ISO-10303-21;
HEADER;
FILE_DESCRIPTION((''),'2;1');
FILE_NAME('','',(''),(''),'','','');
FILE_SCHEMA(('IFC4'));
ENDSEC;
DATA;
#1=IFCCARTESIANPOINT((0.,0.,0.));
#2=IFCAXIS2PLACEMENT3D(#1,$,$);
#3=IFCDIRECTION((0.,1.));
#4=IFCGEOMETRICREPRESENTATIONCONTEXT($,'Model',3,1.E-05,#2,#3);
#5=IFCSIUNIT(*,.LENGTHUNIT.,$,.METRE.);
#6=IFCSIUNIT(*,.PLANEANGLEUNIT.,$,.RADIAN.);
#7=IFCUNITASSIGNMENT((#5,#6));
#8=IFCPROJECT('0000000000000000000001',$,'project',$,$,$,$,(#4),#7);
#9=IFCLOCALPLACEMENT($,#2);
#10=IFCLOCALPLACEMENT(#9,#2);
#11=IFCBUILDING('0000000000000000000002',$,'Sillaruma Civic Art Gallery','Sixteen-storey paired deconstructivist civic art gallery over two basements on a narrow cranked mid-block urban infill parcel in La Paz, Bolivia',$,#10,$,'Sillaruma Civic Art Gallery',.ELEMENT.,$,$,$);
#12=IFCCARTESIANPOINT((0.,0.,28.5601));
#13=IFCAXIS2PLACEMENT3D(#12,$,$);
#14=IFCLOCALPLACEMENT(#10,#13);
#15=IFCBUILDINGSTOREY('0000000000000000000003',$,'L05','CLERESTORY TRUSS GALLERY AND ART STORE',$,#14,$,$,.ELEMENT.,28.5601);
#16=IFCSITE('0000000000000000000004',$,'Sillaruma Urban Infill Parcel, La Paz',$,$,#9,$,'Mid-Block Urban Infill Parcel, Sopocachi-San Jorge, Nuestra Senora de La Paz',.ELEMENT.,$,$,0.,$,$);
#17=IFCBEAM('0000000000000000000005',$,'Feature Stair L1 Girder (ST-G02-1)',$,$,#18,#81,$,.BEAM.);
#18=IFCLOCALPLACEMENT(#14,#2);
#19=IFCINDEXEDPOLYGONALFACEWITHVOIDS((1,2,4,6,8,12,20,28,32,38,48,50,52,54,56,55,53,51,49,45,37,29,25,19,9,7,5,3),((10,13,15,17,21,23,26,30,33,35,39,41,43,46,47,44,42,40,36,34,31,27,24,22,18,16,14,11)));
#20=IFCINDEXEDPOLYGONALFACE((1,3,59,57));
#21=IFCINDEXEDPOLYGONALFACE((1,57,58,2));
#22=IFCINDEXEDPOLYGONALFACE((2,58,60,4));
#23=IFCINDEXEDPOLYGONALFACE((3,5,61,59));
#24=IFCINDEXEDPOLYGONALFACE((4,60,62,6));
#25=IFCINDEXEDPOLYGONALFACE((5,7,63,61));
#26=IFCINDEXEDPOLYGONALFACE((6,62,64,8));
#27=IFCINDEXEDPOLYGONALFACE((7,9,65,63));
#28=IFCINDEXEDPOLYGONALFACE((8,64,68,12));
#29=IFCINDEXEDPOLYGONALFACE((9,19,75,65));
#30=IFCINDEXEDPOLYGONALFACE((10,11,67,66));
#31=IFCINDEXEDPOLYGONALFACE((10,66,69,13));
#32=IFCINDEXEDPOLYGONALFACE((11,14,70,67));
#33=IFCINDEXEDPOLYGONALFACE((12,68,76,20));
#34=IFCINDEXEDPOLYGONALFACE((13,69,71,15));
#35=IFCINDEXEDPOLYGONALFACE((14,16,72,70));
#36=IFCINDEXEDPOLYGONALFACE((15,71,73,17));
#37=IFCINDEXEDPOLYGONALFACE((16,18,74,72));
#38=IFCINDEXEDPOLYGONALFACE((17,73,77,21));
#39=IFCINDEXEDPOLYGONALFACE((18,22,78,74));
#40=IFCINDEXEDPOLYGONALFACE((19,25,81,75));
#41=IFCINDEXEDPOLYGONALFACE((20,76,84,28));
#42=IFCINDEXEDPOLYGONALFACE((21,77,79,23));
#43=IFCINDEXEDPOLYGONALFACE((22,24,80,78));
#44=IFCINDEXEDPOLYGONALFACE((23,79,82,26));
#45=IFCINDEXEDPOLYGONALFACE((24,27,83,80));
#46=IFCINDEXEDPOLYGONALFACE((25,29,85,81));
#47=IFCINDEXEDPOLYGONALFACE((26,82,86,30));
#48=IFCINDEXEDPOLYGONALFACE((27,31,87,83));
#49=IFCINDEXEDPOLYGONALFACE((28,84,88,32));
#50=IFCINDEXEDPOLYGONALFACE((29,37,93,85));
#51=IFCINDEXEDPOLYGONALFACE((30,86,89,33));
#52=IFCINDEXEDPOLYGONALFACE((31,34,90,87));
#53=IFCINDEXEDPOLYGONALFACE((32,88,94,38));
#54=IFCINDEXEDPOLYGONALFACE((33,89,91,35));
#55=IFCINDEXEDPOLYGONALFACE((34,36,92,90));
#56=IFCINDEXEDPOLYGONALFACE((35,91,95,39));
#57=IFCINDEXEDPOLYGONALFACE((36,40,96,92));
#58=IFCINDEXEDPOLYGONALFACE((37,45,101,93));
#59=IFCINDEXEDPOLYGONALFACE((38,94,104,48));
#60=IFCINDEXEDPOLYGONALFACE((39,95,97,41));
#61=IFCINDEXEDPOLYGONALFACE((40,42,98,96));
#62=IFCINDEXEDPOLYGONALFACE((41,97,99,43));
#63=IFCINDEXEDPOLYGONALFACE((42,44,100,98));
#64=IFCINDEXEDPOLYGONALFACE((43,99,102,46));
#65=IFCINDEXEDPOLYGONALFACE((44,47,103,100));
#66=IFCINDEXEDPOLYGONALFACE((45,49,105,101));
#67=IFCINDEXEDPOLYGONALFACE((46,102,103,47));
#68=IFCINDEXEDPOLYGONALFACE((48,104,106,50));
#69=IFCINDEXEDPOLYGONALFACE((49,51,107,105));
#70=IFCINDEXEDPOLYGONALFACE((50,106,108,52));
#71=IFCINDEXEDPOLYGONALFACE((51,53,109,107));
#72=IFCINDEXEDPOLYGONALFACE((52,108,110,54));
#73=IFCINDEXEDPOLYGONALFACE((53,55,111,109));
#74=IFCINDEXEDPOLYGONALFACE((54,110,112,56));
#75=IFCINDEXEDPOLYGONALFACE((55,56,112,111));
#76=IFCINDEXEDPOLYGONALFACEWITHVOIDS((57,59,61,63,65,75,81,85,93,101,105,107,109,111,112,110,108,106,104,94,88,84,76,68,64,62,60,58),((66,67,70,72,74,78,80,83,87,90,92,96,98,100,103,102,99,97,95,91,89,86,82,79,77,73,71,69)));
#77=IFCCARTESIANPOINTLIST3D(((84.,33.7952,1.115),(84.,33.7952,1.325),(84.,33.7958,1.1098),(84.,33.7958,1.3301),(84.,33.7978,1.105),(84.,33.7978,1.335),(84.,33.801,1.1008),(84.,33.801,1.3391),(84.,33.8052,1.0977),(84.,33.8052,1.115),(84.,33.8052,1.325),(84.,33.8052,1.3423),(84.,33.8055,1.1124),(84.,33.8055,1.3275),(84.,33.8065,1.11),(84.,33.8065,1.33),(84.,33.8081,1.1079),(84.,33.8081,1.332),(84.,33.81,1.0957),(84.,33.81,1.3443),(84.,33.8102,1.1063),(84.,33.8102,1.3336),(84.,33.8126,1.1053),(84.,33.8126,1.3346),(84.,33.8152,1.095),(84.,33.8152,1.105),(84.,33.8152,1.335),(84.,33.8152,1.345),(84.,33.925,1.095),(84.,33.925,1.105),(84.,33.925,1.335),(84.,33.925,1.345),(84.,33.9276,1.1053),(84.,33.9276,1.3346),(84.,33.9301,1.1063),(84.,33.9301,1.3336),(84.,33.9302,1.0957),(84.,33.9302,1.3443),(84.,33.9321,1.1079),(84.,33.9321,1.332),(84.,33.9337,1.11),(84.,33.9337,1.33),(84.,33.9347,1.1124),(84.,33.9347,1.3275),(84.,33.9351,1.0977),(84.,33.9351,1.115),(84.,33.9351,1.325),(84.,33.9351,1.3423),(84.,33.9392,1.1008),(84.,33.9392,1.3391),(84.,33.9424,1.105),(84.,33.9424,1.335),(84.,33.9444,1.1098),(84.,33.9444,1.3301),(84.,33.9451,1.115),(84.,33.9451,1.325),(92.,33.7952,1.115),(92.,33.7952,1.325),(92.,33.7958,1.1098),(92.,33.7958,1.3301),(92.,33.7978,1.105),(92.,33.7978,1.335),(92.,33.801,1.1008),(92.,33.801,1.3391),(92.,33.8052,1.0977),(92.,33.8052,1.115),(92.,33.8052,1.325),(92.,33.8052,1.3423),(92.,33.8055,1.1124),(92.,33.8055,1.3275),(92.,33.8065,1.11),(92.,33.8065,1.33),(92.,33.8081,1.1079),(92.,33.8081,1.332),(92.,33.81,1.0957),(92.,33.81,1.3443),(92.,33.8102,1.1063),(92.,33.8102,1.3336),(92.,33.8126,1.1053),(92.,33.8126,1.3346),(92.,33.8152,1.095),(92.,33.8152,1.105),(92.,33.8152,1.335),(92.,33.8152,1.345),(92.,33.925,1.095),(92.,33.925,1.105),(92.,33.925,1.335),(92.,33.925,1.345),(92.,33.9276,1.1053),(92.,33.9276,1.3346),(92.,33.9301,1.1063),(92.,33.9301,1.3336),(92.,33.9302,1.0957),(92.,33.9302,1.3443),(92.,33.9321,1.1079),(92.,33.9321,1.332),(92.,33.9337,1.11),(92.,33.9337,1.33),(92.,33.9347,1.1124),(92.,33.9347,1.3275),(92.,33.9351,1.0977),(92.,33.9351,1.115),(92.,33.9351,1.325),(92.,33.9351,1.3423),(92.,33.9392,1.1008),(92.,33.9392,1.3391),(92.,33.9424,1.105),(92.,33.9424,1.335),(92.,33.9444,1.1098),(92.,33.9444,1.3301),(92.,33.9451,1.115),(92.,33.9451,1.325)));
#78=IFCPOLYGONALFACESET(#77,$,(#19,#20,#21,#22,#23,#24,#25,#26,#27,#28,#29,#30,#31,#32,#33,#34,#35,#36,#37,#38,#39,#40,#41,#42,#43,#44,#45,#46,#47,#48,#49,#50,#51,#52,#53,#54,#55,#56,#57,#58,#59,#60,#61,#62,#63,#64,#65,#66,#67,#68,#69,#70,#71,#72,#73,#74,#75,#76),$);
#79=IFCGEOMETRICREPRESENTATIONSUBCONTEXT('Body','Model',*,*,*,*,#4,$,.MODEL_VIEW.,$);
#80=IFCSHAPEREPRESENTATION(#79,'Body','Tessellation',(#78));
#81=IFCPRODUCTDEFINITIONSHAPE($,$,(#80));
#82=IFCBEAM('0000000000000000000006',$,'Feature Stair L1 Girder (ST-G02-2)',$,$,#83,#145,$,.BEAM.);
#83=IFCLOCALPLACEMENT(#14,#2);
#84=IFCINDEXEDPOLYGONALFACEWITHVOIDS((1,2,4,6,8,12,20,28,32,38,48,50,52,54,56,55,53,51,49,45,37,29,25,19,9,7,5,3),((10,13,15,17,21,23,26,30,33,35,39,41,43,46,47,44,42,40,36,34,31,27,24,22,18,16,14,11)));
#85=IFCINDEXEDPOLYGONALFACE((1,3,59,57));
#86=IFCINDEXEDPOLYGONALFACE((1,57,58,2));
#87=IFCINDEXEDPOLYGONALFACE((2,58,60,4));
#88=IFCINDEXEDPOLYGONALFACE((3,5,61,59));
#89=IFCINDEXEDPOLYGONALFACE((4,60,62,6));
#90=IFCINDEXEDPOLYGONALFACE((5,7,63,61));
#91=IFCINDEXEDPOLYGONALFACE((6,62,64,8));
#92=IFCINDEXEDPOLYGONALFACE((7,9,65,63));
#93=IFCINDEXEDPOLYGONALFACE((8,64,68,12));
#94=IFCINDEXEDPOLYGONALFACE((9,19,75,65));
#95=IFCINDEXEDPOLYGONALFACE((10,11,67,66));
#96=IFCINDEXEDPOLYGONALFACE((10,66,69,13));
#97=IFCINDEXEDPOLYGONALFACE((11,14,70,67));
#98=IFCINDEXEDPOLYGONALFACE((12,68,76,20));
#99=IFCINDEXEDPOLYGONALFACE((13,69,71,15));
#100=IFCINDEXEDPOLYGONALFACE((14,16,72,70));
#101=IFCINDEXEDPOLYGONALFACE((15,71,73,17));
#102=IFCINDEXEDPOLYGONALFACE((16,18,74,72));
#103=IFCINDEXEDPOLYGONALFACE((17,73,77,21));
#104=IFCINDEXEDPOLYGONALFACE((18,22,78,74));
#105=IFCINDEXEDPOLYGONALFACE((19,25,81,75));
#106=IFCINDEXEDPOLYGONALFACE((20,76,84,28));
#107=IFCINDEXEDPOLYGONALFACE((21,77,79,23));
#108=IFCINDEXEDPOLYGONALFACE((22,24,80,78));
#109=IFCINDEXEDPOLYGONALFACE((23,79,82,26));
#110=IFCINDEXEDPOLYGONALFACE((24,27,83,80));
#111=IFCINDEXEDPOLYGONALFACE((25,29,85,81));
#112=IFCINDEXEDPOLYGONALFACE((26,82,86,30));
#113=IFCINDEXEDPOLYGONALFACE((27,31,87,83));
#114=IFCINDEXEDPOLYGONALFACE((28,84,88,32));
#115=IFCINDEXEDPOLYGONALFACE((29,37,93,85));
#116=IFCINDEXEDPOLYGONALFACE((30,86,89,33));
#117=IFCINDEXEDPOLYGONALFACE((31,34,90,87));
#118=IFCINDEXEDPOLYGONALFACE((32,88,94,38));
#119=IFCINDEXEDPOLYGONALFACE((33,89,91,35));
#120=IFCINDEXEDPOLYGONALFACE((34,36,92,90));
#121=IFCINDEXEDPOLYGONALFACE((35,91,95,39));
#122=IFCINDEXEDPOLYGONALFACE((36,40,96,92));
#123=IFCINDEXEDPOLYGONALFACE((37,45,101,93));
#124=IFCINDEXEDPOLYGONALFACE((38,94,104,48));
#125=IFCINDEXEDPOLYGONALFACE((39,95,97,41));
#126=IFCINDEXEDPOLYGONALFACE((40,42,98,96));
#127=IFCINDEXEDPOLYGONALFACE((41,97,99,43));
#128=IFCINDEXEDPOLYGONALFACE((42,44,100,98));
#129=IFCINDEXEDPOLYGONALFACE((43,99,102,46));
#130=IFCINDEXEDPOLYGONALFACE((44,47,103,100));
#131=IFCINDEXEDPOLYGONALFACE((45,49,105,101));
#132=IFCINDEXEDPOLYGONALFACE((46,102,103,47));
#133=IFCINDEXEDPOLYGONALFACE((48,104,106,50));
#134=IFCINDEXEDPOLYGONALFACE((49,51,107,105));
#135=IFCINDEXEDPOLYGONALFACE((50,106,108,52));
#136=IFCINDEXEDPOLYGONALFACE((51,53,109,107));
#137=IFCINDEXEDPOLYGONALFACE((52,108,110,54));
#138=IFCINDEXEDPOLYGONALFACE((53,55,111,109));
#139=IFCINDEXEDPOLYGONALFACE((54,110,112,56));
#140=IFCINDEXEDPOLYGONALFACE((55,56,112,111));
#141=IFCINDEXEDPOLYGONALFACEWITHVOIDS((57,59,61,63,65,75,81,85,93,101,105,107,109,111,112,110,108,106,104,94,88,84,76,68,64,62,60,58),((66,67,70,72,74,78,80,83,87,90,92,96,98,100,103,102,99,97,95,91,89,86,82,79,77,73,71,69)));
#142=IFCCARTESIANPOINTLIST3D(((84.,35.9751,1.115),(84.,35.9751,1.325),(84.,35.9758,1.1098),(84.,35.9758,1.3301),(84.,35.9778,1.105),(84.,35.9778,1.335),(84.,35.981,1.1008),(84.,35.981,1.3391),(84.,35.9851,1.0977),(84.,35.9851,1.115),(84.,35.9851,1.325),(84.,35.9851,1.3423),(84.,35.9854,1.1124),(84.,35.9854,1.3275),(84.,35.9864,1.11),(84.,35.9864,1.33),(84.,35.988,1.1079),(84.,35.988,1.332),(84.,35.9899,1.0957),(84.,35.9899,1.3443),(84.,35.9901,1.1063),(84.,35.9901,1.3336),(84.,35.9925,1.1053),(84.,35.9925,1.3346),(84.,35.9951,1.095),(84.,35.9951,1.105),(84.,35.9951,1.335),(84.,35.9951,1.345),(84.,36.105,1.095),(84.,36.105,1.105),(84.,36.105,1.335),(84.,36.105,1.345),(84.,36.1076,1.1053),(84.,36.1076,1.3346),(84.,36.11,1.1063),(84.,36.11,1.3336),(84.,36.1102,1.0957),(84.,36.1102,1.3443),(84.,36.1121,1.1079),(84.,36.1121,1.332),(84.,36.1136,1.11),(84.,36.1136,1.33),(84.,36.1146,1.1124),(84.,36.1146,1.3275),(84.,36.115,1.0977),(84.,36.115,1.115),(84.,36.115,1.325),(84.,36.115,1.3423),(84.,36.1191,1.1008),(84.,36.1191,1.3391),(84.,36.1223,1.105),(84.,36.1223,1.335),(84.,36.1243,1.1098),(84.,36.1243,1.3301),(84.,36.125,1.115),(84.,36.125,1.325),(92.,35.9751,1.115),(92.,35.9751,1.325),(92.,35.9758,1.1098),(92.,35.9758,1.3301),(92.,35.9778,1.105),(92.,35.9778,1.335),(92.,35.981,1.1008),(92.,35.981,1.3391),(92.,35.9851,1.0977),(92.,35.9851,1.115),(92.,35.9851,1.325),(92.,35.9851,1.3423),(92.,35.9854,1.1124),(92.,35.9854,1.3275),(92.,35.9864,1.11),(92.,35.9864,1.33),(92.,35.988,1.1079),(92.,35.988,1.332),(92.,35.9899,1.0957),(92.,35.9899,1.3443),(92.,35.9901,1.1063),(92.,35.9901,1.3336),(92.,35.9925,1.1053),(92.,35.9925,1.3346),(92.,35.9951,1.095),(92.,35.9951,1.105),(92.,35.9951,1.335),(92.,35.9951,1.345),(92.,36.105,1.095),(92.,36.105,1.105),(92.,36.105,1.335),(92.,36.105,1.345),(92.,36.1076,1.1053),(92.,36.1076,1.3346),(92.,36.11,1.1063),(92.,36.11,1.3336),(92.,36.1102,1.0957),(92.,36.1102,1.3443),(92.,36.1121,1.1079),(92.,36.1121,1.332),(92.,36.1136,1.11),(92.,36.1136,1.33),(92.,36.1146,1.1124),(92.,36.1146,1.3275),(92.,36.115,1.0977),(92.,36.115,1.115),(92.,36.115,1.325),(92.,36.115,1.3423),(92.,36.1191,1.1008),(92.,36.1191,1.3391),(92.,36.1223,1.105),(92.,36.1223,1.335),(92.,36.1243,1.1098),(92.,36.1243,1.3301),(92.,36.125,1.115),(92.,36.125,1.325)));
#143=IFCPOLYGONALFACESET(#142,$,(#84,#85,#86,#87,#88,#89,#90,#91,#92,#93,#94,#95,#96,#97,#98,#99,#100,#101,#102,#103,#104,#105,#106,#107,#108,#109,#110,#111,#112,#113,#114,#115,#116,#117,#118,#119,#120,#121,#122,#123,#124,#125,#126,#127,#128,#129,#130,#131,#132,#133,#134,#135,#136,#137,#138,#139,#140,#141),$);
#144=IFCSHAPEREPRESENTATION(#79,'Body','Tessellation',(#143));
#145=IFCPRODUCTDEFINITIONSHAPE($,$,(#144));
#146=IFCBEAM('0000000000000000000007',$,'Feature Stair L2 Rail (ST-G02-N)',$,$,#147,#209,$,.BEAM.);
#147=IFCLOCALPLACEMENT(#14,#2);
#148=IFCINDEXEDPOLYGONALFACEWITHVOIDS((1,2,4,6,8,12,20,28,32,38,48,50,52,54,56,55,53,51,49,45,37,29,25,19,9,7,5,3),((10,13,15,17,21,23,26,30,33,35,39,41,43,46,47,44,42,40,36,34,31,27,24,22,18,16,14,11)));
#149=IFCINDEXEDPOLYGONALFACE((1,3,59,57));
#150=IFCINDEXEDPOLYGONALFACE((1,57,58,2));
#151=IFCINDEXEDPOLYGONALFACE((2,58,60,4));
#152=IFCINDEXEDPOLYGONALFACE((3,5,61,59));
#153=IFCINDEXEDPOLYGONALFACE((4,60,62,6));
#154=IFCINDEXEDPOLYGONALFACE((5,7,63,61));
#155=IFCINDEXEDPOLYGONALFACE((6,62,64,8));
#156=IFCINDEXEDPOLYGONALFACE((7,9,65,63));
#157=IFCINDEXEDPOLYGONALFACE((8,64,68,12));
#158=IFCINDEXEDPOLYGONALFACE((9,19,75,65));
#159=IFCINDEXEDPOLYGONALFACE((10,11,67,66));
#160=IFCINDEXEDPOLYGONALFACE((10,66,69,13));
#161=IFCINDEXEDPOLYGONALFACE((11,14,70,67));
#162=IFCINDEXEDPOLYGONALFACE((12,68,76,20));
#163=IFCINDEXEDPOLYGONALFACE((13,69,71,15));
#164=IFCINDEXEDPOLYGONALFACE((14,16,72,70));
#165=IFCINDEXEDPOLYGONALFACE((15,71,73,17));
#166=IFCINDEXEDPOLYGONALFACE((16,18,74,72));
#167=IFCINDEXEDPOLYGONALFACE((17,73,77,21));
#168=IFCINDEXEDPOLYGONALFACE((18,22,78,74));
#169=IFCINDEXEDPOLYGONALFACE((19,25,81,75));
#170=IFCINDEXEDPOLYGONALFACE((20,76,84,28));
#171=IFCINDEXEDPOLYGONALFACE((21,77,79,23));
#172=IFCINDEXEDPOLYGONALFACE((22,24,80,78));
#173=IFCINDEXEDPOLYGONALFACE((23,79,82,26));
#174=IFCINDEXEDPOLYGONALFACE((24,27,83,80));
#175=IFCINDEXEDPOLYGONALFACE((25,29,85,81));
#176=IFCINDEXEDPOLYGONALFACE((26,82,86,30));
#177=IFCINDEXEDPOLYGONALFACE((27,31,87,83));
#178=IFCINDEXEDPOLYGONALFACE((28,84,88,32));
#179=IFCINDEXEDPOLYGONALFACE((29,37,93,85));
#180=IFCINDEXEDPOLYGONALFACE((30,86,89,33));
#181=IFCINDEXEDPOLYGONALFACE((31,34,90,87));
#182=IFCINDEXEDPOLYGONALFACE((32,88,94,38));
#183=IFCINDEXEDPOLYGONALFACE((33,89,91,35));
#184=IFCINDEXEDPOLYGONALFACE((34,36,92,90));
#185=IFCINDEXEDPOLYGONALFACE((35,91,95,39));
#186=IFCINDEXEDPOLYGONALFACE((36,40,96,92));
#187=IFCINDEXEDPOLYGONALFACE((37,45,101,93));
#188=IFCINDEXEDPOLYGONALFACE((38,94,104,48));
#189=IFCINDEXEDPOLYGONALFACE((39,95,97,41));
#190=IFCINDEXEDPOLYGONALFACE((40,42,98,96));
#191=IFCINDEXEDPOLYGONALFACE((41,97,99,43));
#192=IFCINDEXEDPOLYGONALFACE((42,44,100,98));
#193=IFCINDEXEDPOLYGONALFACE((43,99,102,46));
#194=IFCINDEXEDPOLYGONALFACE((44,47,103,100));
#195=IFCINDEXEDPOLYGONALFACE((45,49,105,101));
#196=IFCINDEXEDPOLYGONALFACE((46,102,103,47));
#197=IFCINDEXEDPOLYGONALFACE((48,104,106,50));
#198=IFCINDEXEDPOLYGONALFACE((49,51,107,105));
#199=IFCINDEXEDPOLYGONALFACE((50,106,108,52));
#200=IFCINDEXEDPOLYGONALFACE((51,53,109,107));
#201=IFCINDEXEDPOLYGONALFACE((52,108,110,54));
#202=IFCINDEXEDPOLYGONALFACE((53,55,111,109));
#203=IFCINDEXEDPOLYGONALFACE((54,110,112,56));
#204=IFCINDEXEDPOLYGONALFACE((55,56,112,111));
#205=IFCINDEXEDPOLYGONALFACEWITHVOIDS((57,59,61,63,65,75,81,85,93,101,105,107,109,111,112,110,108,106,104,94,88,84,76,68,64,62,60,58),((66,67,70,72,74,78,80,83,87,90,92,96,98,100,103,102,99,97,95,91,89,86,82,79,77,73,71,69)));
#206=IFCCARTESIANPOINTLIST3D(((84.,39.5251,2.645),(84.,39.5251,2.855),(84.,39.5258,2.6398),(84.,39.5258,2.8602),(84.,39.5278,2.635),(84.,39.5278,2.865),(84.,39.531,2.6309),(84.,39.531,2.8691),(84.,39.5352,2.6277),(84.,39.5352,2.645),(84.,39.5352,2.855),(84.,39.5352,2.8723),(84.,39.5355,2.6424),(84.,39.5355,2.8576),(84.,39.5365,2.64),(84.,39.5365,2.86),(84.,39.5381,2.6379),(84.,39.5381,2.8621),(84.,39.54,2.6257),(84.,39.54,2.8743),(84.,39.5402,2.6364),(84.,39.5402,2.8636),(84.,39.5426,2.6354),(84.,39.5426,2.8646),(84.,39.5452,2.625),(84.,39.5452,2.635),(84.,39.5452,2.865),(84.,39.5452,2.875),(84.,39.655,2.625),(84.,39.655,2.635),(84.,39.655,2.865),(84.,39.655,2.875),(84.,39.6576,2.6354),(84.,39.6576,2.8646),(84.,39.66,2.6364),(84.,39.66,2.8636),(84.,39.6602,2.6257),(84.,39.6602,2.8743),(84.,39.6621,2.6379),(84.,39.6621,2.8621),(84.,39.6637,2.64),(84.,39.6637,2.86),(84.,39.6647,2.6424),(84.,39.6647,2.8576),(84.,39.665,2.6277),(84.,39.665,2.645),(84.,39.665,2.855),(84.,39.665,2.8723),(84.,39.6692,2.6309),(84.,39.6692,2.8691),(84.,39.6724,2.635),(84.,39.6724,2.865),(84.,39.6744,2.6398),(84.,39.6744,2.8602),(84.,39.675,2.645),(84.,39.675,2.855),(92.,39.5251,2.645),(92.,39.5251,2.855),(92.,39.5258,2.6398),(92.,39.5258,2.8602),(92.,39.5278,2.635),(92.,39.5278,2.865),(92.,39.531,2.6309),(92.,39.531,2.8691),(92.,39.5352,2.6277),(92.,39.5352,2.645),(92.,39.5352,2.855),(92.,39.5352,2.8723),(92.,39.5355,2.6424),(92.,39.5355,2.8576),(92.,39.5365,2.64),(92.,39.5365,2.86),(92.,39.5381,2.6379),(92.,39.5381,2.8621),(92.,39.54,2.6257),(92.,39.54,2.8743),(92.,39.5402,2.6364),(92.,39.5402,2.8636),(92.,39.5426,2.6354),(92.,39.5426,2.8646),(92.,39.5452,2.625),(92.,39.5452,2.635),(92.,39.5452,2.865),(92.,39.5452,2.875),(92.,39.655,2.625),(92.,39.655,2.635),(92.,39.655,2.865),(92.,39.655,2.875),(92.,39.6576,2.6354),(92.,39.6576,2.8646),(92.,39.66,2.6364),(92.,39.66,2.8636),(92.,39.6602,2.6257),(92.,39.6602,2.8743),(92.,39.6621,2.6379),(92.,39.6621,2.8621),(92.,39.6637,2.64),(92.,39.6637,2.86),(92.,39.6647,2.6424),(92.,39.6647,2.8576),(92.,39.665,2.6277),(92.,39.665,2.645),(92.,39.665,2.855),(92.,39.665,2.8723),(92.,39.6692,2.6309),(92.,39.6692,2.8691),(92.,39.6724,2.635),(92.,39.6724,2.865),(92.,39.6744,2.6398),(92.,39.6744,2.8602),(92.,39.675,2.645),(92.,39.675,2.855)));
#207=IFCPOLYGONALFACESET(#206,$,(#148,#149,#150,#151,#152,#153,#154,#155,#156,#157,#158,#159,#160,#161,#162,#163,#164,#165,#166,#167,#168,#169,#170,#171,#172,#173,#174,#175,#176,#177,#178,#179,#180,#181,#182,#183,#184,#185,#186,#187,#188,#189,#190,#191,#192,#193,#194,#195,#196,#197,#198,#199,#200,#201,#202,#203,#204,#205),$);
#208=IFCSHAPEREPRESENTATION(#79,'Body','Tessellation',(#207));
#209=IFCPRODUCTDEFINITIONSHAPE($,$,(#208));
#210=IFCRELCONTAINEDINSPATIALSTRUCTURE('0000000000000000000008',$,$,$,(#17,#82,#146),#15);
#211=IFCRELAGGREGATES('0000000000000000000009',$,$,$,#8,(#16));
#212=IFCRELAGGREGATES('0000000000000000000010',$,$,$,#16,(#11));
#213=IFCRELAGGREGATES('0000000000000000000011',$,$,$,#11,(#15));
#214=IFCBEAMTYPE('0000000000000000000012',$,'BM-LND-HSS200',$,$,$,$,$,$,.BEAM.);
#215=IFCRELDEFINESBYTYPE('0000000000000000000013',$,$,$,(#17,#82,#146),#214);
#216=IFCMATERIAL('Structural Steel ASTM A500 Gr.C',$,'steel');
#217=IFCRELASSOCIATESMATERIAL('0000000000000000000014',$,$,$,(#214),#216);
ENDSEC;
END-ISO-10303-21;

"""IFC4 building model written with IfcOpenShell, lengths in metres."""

from ifc_helpers import new_model, si_unit, direction, frame, origin, origin_2d, place, context, subcontext, project, spatial, hollow_rectangle, extrude, material, material_profile, profile_set, type_object, element, save


model = new_model("IFC4")

# Units and contexts
model_context = context("Model", 3, precision=1e-05, world=origin(), true_north=direction((0.0, 1.0)))
body_context = subcontext(model_context, "Body", "Model", "MODEL_VIEW")
ifc_project = project(units=[si_unit("LENGTHUNIT", "METRE"), si_unit("PLANEANGLEUNIT", "RADIAN")], contexts=[model_context])

# Site, building, storey
site_placement = place(None, origin())
site = spatial("IfcSite", under=ifc_project, at=site_placement, Name="Sillaruma Urban Infill Parcel, La Paz", LongName="Mid-Block Urban Infill Parcel, Sopocachi-San Jorge, Nuestra Senora de La Paz", CompositionType="ELEMENT", RefElevation=0.0)
building_placement = place(site_placement, origin())
building = spatial("IfcBuilding", under=site, at=building_placement, Name="Sillaruma Civic Art Gallery", Description="Sixteen-storey paired deconstructivist civic art gallery over two basements on a narrow cranked mid-block urban infill parcel in La Paz, Bolivia", LongName="Sillaruma Civic Art Gallery", CompositionType="ELEMENT")
storey_placement = place(building_placement, frame((0.0, 0.0, 28.5601)))
storey = spatial("IfcBuildingStorey", under=building, at=storey_placement, Name="L05", Description="CLERESTORY TRUSS GALLERY AND ART STORE", CompositionType="ELEMENT", Elevation=28.5601)

# Beams
ifc_material_1 = material(Name="Structural Steel ASTM A500 Gr.C", Category="steel")
ifc_material_profile_1 = material_profile(ifc_material_1, hollow_rectangle(XDim=0.1499, YDim=0.25, WallThickness=0.01, InnerFilletRadius=0.01, OuterFilletRadius=0.02, at=origin_2d()), Name="HSS250x150x10")
ifc_profile_set_1 = profile_set([ifc_material_profile_1], Name="Structural Steel ASTM A500 Gr.C")
beam_type_1 = type_object("IfcBeamType", Name="BM-LND-HSS200", PredefinedType="BEAM", material=ifc_profile_set_1)
for number, where, z_axis, x_axis, name in (
    (1, (84.0, 33.8701, 1.22), (1.0, 0.0, 0.0), (0.0, 1.0, 0.0), "Feature Stair L1 Girder (ST-G02-1)"),
    (2, (84.0, 36.05, 1.22), (1.0, 0.0, 0.0), (0.0, 1.0, 0.0), "Feature Stair L1 Girder (ST-G02-2)"),
    (3, (84.0, 39.6001, 2.75), (1.0, 0.0, 0.0), (0.0, 1.0, 0.0), "Feature Stair L2 Rail (ST-G02-N)"),
):
    element("IfcBeam", number, at=place(storey_placement, frame(where, z_axis=z_axis, x_axis=x_axis)), inside=storey, type_object=beam_type_1, Name=name, PredefinedType="BEAM", context=body_context, shape_type="SweptSolid", body=[
        extrude(hollow_rectangle(XDim=0.1499, YDim=0.25, WallThickness=0.01, InnerFilletRadius=0.01, OuterFilletRadius=0.02, at=origin_2d()), origin(), (0.0, 0.0, 1.0), 8.0),
    ])

save(model, "model.ifc")
